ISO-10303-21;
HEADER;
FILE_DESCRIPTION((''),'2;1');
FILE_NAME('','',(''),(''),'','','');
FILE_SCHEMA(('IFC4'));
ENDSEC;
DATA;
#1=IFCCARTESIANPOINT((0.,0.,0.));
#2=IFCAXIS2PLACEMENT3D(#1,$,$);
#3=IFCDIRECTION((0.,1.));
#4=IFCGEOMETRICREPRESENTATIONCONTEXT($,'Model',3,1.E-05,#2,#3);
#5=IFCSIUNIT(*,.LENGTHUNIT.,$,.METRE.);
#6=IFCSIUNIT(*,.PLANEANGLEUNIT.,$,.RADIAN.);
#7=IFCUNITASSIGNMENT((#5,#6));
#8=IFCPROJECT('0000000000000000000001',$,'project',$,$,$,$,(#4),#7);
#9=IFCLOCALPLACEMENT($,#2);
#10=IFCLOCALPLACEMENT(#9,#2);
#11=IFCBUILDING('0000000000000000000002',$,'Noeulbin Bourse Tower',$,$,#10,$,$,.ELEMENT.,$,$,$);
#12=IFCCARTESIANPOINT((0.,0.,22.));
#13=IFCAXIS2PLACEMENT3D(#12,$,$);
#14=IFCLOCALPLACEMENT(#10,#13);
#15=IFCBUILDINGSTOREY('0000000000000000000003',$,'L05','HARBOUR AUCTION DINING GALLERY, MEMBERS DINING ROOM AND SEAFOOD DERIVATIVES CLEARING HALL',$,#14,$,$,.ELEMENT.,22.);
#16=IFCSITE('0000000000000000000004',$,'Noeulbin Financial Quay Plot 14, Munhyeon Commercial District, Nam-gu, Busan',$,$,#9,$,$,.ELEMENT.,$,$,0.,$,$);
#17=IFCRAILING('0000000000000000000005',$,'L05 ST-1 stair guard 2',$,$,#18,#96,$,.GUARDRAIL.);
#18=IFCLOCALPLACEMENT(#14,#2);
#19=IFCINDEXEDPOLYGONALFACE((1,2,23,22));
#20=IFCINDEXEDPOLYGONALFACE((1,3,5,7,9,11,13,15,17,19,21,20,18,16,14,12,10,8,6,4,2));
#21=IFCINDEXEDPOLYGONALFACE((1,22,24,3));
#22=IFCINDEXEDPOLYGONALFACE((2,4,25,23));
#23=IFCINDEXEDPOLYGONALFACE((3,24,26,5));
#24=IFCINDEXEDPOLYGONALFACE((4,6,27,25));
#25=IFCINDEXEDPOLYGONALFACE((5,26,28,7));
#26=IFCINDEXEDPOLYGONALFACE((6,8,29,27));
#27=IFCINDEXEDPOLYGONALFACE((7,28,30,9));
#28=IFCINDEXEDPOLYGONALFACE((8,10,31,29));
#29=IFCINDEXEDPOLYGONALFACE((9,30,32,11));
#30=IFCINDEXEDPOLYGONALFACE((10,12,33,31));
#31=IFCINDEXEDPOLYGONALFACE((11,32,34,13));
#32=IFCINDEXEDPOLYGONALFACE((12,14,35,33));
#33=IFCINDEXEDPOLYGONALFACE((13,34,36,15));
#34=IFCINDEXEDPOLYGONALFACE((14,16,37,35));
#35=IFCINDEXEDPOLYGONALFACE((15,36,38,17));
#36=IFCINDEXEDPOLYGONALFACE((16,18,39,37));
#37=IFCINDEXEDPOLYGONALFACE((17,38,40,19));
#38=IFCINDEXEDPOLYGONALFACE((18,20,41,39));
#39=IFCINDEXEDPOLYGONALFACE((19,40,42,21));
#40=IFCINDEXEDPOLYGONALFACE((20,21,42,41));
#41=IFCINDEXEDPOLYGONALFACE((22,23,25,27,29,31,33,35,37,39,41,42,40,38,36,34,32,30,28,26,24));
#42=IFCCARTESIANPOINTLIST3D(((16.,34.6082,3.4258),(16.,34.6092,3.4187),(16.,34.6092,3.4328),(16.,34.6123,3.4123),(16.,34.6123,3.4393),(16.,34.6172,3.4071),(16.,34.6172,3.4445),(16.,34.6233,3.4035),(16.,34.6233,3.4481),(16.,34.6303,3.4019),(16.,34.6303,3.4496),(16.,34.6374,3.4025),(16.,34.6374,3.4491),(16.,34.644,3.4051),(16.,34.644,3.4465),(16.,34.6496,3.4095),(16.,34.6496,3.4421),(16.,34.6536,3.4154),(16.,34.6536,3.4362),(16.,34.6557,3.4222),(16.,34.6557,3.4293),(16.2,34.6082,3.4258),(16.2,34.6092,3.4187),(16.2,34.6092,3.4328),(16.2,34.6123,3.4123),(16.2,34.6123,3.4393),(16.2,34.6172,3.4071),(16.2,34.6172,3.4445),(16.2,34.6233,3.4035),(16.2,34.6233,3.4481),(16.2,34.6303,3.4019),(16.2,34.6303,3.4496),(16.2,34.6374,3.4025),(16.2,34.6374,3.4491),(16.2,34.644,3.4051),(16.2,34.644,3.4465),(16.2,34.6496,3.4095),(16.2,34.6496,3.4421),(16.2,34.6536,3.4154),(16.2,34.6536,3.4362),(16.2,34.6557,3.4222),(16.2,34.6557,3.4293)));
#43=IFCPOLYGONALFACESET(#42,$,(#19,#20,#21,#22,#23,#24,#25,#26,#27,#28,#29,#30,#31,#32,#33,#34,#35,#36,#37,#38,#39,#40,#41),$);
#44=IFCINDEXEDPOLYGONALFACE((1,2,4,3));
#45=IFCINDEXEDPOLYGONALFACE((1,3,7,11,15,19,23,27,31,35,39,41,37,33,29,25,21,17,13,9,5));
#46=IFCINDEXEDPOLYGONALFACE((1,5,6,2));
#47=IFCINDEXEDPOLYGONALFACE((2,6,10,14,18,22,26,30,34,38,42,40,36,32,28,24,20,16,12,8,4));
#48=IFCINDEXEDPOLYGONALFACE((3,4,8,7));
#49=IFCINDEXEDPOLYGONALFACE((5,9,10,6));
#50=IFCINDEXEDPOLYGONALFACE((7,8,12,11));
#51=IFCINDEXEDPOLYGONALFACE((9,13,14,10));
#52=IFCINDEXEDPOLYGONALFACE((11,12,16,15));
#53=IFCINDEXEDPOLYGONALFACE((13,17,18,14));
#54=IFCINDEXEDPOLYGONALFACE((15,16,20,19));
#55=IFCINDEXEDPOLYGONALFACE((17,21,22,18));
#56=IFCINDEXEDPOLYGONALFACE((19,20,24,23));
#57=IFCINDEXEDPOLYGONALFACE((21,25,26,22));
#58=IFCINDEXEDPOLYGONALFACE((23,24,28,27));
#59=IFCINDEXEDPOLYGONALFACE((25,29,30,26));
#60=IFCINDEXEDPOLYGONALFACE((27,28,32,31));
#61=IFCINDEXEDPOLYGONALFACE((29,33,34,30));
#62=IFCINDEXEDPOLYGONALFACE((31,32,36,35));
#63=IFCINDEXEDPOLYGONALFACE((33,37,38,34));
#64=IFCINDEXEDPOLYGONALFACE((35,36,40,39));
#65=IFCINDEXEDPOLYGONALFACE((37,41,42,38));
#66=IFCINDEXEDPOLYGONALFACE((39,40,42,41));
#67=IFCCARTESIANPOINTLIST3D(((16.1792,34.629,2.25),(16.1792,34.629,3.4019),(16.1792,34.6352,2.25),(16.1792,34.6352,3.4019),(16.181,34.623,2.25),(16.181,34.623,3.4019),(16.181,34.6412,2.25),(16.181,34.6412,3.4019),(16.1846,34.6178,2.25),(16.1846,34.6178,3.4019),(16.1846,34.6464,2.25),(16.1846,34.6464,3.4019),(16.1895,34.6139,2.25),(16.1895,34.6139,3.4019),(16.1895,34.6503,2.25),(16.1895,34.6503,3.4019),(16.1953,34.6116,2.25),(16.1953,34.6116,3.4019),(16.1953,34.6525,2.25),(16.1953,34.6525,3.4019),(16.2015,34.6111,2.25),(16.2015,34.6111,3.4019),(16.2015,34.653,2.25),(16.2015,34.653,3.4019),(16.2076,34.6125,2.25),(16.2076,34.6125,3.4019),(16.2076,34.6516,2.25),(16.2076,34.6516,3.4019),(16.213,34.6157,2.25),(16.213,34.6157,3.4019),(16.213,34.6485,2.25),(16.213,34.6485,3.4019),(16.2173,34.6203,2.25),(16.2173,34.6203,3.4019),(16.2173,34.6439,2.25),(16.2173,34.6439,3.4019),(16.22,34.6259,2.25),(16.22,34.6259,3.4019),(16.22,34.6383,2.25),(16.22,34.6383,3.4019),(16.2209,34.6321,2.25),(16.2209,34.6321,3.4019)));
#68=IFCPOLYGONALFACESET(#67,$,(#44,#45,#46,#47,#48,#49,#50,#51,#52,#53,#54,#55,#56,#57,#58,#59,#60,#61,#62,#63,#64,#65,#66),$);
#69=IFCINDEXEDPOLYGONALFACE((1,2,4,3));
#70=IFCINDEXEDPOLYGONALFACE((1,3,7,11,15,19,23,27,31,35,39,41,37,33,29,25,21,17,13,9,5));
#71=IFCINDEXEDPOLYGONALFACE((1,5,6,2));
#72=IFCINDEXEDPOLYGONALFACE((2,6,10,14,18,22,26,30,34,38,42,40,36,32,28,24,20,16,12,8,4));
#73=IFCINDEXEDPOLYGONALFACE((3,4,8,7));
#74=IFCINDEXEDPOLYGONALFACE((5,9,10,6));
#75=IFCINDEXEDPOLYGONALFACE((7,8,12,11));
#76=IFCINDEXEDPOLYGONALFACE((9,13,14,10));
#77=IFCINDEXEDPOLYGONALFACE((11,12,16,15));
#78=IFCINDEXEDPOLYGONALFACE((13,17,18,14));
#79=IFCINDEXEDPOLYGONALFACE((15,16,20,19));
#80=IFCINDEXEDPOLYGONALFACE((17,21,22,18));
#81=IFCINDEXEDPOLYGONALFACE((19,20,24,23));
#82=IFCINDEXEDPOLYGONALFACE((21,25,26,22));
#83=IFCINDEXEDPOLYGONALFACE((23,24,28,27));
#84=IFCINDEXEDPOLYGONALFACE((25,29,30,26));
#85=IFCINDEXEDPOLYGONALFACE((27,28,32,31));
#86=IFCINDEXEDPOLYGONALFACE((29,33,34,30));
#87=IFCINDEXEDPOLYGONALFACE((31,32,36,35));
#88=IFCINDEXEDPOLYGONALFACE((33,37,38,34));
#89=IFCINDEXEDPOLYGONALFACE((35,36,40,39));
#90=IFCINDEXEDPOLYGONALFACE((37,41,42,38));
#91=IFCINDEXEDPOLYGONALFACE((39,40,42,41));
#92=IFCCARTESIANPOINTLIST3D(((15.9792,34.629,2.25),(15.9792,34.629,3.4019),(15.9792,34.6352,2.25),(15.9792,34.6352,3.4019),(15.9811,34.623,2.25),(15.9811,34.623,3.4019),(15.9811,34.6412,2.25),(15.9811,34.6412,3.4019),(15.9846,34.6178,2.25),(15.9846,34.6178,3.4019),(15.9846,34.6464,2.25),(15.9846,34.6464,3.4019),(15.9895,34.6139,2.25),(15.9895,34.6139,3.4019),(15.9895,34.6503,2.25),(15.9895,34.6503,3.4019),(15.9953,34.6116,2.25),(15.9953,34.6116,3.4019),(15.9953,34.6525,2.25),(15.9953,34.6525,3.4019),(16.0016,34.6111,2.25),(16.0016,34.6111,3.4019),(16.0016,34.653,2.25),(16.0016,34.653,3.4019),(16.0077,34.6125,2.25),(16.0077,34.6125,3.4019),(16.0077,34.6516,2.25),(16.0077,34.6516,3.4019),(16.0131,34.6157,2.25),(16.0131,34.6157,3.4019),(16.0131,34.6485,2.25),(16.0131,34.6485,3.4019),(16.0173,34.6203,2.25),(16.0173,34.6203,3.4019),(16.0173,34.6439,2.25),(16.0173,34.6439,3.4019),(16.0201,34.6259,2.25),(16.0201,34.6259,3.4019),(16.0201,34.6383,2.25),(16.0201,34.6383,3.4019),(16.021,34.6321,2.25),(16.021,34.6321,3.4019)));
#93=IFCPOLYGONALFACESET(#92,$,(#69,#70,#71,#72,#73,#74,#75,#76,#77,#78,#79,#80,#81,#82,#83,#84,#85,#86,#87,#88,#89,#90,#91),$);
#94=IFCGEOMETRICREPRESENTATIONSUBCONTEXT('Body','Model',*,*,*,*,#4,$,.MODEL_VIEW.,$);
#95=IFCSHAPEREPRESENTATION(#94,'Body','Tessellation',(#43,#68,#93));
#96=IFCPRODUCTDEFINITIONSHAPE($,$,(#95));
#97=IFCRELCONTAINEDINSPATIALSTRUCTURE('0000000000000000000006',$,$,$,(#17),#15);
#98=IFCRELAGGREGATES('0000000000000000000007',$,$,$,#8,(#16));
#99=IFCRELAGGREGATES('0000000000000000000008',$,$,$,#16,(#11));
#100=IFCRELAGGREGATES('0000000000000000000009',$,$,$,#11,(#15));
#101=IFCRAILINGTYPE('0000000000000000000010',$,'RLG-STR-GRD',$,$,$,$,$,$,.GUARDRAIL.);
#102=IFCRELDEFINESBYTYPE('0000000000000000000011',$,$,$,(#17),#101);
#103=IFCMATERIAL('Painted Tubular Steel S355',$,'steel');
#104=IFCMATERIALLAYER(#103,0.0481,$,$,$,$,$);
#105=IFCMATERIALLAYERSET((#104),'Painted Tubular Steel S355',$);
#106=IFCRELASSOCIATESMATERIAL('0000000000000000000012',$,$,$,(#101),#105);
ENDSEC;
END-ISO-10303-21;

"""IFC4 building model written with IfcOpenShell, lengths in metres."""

from ifc_helpers import new_model, si_unit, direction, frame, origin, origin_2d, place, context, subcontext, project, spatial, circle, extrude, material, layer, layer_set, type_object, element, save


model = new_model("IFC4")

# Units and contexts
model_context = context("Model", 3, precision=1e-05, world=origin(), true_north=direction((0.0, 1.0)))
body_context = subcontext(model_context, "Body", "Model", "MODEL_VIEW")
ifc_project = project(units=[si_unit("LENGTHUNIT", "METRE"), si_unit("PLANEANGLEUNIT", "RADIAN")], contexts=[model_context])

# Site, building, storey
site_placement = place(None, origin())
site = spatial("IfcSite", under=ifc_project, at=site_placement, Name="Noeulbin Financial Quay Plot 14, Munhyeon Commercial District, Nam-gu, Busan", CompositionType="ELEMENT", RefElevation=0.0)
building_placement = place(site_placement, origin())
building = spatial("IfcBuilding", under=site, at=building_placement, Name="Noeulbin Bourse Tower", CompositionType="ELEMENT")
storey_placement = place(building_placement, frame((0.0, 0.0, 22.0)))
storey = spatial("IfcBuildingStorey", under=building, at=storey_placement, Name="L05", Description="HARBOUR AUCTION DINING GALLERY, MEMBERS DINING ROOM AND SEAFOOD DERIVATIVES CLEARING HALL", CompositionType="ELEMENT", Elevation=22.0)

# Railing
ifc_material_1 = material(Name="Painted Tubular Steel S355", Category="steel")
ifc_layer_1 = layer(ifc_material_1, 0.0481)
ifc_layer_set_1 = layer_set([ifc_layer_1], Name="Painted Tubular Steel S355")
railing_type_1 = type_object("IfcRailingType", Name="RLG-STR-GRD", PredefinedType="GUARDRAIL", material=ifc_layer_set_1)
railing_1_placement = place(storey_placement, frame((16.2, 34.6321, 2.25)))
element("IfcRailing", 1, at=railing_1_placement, inside=storey, type_object=railing_type_1, Name="L05 ST-1 stair guard 2", PredefinedType="GUARDRAIL", context=body_context, shape_type="SweptSolid", body=[
    extrude(circle(Radius=0.0239, at=origin_2d()), frame((0.0, 0.0, 1.1758), z_axis=(-1.0, 0.0, 0.0), x_axis=(0.0, -1.0, 0.0)), (0.0, 0.0, 1.0), 0.2),
    extrude(circle(Radius=0.021, at=origin_2d()), origin(), (0.0, 0.0, 1.0), 1.1519),
    extrude(circle(Radius=0.021, at=origin_2d()), frame((-0.2, 0.0, 0.0)), (0.0, 0.0, 1.0), 1.1519),
])

save(model, "model.ifc")
